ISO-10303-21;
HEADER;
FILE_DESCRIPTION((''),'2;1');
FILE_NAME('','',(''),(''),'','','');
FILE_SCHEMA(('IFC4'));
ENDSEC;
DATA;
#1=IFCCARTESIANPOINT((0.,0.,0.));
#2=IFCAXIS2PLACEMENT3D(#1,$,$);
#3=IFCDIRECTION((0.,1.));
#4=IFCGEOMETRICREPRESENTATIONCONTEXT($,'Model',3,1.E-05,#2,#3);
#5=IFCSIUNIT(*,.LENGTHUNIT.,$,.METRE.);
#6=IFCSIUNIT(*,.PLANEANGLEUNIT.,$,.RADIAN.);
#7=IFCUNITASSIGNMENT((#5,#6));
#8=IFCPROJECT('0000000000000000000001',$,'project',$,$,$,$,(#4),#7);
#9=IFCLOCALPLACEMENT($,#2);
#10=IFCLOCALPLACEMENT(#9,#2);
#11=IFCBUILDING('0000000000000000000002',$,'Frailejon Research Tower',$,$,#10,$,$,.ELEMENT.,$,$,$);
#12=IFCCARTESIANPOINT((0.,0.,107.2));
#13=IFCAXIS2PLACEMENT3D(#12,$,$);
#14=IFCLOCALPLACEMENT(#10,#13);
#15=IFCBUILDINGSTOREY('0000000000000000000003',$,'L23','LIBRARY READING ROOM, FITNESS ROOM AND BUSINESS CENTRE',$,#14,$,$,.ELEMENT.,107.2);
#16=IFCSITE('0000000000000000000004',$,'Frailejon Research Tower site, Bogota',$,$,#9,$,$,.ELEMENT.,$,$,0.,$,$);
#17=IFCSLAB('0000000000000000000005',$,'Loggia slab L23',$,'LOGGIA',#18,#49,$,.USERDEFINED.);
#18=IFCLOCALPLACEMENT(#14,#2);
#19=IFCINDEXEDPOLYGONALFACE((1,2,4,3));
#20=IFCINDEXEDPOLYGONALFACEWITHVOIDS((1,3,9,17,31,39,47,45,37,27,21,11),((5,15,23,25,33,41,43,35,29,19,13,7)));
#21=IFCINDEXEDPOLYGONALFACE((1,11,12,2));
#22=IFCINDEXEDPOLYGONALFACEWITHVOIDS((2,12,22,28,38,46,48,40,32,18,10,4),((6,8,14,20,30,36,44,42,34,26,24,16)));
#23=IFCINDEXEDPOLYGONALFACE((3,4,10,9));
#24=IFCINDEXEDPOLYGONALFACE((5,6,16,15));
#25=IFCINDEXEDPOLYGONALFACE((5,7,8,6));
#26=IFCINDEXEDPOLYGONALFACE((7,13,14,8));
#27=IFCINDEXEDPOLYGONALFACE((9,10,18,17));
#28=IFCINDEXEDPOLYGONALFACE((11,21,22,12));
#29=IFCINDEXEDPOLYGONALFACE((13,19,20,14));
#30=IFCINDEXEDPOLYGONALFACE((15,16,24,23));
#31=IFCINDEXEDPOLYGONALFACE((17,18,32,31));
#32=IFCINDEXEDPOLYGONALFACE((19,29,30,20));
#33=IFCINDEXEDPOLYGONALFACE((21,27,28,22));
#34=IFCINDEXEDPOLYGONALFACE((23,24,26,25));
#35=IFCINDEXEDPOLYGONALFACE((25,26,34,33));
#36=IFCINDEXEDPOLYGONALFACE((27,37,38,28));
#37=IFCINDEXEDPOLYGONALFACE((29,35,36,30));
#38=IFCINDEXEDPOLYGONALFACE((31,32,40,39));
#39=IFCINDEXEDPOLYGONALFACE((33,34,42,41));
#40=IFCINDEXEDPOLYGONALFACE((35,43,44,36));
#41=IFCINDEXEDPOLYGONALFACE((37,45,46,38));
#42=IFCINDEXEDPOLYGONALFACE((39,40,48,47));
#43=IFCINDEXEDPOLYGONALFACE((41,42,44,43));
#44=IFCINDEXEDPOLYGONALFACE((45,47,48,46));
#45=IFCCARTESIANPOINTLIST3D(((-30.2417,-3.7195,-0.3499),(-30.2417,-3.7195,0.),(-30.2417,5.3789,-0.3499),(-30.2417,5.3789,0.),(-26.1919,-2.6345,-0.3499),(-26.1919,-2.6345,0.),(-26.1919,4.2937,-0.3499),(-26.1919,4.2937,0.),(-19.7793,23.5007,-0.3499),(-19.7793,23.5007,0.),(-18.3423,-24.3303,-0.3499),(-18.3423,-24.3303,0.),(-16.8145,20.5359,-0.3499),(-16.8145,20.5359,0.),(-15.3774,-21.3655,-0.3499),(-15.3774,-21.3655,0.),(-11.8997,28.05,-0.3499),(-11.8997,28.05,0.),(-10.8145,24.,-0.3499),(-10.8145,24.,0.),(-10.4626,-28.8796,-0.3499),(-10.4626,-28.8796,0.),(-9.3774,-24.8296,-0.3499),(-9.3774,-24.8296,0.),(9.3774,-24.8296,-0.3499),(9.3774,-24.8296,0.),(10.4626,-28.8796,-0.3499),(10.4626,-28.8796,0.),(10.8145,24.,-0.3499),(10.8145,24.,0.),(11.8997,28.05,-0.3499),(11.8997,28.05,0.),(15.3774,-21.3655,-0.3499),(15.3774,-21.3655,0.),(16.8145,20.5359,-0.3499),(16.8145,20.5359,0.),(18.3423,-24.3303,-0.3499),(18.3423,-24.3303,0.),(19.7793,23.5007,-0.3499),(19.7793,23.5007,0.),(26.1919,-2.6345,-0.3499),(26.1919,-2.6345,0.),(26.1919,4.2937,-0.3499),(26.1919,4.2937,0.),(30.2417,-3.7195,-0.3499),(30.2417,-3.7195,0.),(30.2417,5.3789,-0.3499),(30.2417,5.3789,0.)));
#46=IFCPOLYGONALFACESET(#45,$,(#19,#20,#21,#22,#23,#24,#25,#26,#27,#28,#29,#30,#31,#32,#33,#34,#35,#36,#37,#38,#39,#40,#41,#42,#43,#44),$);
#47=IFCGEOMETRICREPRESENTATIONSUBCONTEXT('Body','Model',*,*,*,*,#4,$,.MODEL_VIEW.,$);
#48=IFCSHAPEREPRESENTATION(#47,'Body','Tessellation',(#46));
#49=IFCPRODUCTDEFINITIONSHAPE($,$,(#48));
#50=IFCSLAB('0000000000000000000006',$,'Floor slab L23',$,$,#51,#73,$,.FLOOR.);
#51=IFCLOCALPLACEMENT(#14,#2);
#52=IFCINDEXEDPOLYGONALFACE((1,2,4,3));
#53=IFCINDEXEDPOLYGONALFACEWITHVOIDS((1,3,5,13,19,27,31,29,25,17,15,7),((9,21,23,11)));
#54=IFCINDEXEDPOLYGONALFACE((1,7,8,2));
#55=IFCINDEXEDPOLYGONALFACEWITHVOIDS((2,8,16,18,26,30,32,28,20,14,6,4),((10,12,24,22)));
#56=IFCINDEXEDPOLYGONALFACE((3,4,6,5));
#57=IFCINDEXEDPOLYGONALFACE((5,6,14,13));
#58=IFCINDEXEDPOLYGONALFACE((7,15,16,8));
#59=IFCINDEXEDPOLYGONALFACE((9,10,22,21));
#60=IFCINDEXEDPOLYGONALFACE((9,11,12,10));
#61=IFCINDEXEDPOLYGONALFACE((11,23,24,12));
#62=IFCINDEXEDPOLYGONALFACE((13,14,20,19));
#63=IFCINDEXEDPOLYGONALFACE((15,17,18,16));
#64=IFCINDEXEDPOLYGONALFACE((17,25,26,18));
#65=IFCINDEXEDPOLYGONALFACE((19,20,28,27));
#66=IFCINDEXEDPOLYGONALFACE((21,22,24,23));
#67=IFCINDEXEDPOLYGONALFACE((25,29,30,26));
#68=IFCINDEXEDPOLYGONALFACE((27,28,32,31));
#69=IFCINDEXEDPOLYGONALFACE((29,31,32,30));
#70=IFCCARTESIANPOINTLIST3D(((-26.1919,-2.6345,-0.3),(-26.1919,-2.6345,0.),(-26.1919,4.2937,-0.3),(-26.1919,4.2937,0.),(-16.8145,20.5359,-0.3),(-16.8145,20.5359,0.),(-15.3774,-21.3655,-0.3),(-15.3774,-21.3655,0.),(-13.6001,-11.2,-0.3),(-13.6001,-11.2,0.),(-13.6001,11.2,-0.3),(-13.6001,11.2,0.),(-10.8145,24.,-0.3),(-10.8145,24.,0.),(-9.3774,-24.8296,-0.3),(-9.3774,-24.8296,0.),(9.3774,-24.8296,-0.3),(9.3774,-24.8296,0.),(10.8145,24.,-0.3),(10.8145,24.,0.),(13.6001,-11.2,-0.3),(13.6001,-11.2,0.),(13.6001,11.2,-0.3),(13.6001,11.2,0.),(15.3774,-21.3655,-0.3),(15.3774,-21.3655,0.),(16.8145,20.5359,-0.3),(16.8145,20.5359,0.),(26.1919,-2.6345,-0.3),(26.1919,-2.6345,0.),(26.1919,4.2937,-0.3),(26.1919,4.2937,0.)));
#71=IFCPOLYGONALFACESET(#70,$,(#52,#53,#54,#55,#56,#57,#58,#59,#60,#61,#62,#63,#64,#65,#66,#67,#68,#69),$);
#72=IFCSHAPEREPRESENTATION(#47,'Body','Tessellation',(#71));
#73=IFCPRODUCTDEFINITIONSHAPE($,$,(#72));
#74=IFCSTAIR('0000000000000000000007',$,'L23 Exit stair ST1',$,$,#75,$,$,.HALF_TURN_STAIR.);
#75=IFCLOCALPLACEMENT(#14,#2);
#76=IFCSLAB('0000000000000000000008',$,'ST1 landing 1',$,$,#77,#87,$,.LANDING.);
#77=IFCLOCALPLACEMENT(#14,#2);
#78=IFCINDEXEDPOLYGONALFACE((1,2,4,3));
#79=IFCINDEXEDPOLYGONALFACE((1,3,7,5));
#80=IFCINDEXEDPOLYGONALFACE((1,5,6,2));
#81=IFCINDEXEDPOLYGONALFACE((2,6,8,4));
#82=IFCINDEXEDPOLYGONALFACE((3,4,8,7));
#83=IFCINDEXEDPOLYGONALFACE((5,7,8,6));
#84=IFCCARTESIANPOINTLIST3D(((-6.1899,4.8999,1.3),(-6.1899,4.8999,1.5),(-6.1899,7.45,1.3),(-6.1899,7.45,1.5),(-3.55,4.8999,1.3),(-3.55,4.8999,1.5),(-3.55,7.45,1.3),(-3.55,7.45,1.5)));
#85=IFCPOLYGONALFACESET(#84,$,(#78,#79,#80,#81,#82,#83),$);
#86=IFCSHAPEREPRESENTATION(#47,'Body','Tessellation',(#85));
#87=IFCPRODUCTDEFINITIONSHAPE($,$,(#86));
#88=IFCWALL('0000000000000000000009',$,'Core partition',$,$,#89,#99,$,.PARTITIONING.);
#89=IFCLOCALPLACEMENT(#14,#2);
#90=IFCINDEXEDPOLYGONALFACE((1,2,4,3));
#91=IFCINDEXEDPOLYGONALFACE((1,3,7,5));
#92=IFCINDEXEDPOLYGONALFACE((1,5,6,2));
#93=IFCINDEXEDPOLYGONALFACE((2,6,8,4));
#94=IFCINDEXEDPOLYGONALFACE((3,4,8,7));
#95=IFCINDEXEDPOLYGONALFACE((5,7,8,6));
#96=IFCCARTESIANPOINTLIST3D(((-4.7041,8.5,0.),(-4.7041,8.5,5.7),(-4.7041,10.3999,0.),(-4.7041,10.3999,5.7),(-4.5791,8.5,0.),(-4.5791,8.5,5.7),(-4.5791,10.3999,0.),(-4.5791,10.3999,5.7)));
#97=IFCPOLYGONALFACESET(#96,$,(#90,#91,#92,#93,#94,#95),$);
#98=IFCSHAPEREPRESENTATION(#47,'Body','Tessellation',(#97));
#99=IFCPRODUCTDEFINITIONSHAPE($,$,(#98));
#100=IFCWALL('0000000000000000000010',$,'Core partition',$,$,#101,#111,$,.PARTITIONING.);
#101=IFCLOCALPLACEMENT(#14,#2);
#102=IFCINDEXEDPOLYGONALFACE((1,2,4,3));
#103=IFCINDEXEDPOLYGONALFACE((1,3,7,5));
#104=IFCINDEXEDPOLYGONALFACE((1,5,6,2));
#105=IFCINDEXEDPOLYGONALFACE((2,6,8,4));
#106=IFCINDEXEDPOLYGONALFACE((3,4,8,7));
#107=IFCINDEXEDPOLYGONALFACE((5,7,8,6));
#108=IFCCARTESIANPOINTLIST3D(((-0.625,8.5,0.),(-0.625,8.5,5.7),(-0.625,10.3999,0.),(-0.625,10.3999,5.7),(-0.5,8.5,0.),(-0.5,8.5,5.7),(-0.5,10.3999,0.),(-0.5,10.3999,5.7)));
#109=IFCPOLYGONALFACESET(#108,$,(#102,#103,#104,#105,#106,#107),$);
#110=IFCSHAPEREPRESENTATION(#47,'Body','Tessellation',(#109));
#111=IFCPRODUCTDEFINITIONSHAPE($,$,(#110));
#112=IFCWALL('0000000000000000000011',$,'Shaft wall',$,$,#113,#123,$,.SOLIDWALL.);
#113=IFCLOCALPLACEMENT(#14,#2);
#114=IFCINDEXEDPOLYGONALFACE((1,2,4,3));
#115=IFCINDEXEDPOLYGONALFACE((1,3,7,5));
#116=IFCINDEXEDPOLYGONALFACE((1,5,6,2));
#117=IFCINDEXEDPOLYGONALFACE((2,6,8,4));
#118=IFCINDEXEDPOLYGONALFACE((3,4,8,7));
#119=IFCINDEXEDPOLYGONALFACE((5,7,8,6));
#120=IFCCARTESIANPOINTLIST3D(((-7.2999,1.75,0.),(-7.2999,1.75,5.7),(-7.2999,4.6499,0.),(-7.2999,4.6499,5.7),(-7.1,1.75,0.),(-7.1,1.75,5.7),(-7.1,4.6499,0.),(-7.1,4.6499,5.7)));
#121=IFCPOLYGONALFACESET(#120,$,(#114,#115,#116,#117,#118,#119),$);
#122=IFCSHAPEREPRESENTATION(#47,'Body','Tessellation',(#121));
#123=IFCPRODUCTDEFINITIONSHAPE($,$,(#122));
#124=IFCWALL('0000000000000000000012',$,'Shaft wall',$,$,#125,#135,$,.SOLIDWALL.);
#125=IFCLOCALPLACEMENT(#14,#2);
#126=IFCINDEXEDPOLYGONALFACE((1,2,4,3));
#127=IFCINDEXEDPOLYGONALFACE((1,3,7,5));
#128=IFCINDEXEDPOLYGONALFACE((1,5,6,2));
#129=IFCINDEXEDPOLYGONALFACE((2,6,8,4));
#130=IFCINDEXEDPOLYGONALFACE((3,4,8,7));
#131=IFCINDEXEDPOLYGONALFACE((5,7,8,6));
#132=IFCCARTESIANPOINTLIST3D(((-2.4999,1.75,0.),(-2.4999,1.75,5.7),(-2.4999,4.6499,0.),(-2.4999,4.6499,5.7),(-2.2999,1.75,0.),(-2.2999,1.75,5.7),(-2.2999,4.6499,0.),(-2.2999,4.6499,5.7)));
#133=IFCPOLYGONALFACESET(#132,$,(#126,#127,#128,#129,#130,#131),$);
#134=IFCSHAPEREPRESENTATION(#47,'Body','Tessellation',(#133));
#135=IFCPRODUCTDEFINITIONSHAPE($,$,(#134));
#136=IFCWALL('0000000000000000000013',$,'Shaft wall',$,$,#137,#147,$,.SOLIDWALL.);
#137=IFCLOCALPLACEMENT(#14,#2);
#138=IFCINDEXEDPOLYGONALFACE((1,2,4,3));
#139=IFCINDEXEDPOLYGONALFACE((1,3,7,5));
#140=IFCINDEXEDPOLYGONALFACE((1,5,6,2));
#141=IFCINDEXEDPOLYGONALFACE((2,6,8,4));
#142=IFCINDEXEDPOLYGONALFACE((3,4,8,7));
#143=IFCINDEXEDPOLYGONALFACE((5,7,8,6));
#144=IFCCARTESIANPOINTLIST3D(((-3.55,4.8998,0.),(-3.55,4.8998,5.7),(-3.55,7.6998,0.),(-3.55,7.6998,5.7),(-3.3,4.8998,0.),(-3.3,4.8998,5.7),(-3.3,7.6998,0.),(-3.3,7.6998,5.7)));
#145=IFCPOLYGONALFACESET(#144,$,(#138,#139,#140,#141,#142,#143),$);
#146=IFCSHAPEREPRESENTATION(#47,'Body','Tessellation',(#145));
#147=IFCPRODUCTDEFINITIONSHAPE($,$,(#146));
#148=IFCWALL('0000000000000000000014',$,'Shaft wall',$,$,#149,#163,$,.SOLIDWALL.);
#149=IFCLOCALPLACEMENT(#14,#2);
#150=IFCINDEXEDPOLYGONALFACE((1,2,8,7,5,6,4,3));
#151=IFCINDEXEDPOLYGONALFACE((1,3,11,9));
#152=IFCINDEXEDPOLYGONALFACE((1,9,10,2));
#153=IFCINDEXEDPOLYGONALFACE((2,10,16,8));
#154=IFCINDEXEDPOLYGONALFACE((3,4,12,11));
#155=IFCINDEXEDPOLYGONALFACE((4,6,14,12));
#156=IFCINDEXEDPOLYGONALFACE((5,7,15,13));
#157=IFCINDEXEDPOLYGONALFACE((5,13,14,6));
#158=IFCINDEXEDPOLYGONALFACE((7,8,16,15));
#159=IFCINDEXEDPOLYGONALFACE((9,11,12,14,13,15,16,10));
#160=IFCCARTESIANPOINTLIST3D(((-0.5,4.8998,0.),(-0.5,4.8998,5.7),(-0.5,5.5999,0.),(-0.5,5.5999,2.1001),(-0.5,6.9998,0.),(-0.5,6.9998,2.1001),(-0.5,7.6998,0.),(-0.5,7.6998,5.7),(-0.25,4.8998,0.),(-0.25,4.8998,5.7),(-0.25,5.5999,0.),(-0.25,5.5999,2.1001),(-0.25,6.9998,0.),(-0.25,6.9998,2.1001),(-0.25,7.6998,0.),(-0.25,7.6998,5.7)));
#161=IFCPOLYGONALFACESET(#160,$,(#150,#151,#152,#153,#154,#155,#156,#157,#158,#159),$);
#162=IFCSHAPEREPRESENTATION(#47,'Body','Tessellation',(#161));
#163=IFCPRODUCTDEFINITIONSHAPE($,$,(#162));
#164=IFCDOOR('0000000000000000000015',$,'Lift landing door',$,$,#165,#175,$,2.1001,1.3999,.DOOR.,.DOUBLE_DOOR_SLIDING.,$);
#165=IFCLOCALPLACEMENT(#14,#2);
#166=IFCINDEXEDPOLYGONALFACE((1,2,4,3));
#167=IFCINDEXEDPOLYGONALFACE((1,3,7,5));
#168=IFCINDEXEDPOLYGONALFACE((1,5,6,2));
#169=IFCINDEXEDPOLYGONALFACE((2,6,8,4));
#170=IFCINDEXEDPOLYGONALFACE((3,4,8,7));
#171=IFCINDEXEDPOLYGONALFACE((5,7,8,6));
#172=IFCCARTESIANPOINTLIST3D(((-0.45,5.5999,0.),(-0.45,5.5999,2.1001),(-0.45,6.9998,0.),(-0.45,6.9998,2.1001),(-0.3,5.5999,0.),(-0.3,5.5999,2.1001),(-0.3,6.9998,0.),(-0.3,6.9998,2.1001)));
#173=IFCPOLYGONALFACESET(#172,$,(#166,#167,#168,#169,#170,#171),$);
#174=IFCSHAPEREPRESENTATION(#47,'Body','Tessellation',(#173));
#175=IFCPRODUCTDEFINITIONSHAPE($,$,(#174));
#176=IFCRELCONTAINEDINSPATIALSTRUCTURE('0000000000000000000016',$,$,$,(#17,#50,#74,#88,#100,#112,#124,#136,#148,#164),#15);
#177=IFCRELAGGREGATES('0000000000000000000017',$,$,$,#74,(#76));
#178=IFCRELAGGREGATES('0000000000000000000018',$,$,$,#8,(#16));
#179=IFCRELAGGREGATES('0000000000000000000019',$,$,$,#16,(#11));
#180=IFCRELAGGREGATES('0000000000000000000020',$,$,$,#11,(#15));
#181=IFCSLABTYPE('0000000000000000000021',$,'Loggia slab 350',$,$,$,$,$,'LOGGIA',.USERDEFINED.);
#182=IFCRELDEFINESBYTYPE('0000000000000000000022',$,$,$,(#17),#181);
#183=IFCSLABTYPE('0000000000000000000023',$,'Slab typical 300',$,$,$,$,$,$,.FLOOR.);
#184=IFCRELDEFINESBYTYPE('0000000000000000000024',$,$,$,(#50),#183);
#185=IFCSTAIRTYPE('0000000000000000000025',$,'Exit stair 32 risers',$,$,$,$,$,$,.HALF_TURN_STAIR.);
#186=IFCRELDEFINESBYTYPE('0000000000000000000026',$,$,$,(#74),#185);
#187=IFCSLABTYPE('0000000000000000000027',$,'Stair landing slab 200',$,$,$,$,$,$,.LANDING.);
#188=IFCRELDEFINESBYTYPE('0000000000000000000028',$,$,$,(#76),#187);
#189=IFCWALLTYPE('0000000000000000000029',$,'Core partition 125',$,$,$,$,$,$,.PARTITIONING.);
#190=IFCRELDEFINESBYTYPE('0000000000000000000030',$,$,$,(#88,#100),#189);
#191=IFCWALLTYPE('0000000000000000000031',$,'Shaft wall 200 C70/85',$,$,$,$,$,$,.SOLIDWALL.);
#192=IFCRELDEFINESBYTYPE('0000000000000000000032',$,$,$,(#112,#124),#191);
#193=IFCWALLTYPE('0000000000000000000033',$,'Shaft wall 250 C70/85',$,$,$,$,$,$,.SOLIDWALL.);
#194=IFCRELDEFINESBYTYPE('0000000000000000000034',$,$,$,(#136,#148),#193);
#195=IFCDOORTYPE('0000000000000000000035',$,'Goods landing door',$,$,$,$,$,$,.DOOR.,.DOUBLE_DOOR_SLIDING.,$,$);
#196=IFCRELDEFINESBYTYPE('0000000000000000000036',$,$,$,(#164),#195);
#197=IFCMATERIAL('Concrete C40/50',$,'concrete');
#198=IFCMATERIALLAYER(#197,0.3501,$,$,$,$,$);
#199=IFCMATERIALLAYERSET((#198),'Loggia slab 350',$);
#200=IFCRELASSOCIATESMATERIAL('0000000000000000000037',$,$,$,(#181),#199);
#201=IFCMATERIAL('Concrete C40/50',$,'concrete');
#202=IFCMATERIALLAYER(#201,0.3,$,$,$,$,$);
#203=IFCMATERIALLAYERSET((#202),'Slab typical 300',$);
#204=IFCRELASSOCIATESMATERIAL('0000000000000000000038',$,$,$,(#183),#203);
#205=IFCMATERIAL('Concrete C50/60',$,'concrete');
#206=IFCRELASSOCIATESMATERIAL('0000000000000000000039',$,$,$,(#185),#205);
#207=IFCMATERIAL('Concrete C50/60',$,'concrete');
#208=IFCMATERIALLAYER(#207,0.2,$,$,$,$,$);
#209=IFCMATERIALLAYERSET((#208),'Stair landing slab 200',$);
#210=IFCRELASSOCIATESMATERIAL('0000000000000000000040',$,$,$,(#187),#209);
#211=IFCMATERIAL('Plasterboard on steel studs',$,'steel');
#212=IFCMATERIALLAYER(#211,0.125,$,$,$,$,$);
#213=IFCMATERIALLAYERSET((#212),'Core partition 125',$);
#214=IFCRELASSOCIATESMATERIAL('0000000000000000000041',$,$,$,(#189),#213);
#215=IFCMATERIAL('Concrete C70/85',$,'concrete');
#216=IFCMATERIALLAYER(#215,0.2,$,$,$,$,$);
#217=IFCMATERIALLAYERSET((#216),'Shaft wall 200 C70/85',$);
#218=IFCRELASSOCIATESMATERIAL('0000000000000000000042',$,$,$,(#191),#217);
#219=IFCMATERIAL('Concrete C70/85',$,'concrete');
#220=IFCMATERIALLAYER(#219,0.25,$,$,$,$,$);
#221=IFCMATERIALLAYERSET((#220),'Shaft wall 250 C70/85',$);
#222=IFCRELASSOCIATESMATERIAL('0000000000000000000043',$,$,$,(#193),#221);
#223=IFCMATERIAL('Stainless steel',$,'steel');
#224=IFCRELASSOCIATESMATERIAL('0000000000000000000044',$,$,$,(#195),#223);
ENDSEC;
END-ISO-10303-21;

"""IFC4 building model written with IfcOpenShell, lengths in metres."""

from ifc_helpers import new_model, si_unit, direction, frame, frame_2d, origin, place, context, subcontext, project, spatial, polyline, rectangle, outline, extrude, material, layer, layer_set, type_object, element, fill, aggregate, save


model = new_model("IFC4")

# Units and contexts
model_context = context("Model", 3, precision=1e-05, world=origin(), true_north=direction((0.0, 1.0)))
body_context = subcontext(model_context, "Body", "Model", "MODEL_VIEW")
ifc_project = project(units=[si_unit("LENGTHUNIT", "METRE"), si_unit("PLANEANGLEUNIT", "RADIAN")], contexts=[model_context])

# Site, building, storey
site_placement = place(None, origin())
site = spatial("IfcSite", under=ifc_project, at=site_placement, Name="Frailejon Research Tower site, Bogota", CompositionType="ELEMENT", RefElevation=0.0)
building_placement = place(site_placement, origin())
building = spatial("IfcBuilding", under=site, at=building_placement, Name="Frailejon Research Tower", CompositionType="ELEMENT")
storey_placement = place(building_placement, frame((0.0, 0.0, 107.2)))
storey = spatial("IfcBuildingStorey", under=building, at=storey_placement, Name="L23", Description="LIBRARY READING ROOM, FITNESS ROOM AND BUSINESS CENTRE", CompositionType="ELEMENT", Elevation=107.2)

# Slabs
ifc_material_1 = material(Name="Concrete C40/50", Category="concrete")
ifc_layer_1 = layer(ifc_material_1, 0.3501)
ifc_layer_set_1 = layer_set([ifc_layer_1], Name="Loggia slab 350")
slab_type_1 = type_object("IfcSlabType", Name="Loggia slab 350", ElementType="LOGGIA", PredefinedType="USERDEFINED", material=ifc_layer_set_1)
slab_1_placement = place(storey_placement, frame((0.0, 0.0, -0.3499)))
element("IfcSlab", 1, at=slab_1_placement, inside=storey, type_object=slab_type_1, Name="Loggia slab L23", ObjectType="LOGGIA", PredefinedType="USERDEFINED", context=body_context, shape_type="SweptSolid", body=[
    extrude(outline(polyline([(18.3423, -24.3303), (10.4626, -28.8796), (-10.4626, -28.8796), (-18.3423, -24.3303), (-30.2417, -3.7195), (-30.2417, 5.3789), (-19.7793, 23.5007), (-11.8997, 28.05), (11.8997, 28.05), (19.7793, 23.5007), (30.2417, 5.3789), (30.2417, -3.7195), (18.3423, -24.3303)]), holes=[polyline([(26.1919, 4.2937), (16.8145, 20.5359), (10.8145, 24.0), (-10.8145, 24.0), (-16.8145, 20.5359), (-26.1919, 4.2937), (-26.1919, -2.6345), (-15.3774, -21.3655), (-9.3774, -24.8296), (9.3774, -24.8296), (15.3774, -21.3655), (26.1919, -2.6345), (26.1919, 4.2937)])]), origin(), (0.0, 0.0, 1.0), 0.3499),
])
ifc_material_2 = material(Name="Concrete C40/50", Category="concrete")
ifc_layer_2 = layer(ifc_material_2, 0.3)
ifc_layer_set_2 = layer_set([ifc_layer_2], Name="Slab typical 300")
slab_type_2 = type_object("IfcSlabType", Name="Slab typical 300", PredefinedType="FLOOR", material=ifc_layer_set_2)
slab_2_placement = place(storey_placement, frame((0.0, 0.0, -0.3)))
element("IfcSlab", 2, at=slab_2_placement, inside=storey, type_object=slab_type_2, Name="Floor slab L23", PredefinedType="FLOOR", context=body_context, shape_type="SweptSolid", body=[
    extrude(outline(polyline([(26.1919, -2.6345), (26.1919, 4.2937), (16.8145, 20.5359), (10.8145, 24.0), (-10.8145, 24.0), (-16.8145, 20.5359), (-26.1919, 4.2937), (-26.1919, -2.6345), (-15.3774, -21.3655), (-9.3774, -24.8296), (9.3774, -24.8296), (15.3774, -21.3655), (26.1919, -2.6345)]), holes=[polyline([(13.6001, -11.2), (-13.6001, -11.2), (-13.6001, 11.2), (13.6001, 11.2), (13.6001, -11.2)])]), origin(), (0.0, 0.0, 1.0), 0.3),
])

# Stair, slab
ifc_material_3 = material(Name="Concrete C50/60", Category="concrete")
stair_type = type_object("IfcStairType", Name="Exit stair 32 risers", PredefinedType="HALF_TURN_STAIR", material=ifc_material_3)
stair_placement = place(storey_placement, origin())
stair = element("IfcStair", 3, at=stair_placement, inside=storey, type_object=stair_type, Name="L23 Exit stair ST1", PredefinedType="HALF_TURN_STAIR")
ifc_material_4 = material(Name="Concrete C50/60", Category="concrete")
ifc_layer_3 = layer(ifc_material_4, 0.2)
ifc_layer_set_3 = layer_set([ifc_layer_3], Name="Stair landing slab 200")
slab_type_3 = type_object("IfcSlabType", Name="Stair landing slab 200", PredefinedType="LANDING", material=ifc_layer_set_3)
slab_3_placement = place(storey_placement, frame((0.0, 0.0, 1.3)))
slab_3 = element("IfcSlab", 4, at=slab_3_placement, type_object=slab_type_3, Name="ST1 landing 1", PredefinedType="LANDING", context=body_context, shape_type="SweptSolid", body=[
    extrude(outline(polyline([(-6.1899, 4.8999), (-3.55, 4.8999), (-3.55, 7.45), (-6.1899, 7.45), (-6.1899, 4.8999)])), origin(), (0.0, 0.0, 1.0), 0.2),
])

# Walls
ifc_material_5 = material(Name="Plasterboard on steel studs", Category="steel")
ifc_layer_4 = layer(ifc_material_5, 0.125)
ifc_layer_set_4 = layer_set([ifc_layer_4], Name="Core partition 125")
wall_type_1 = type_object("IfcWallType", Name="Core partition 125", PredefinedType="PARTITIONING", material=ifc_layer_set_4)
for number, where, z_axis, x_axis, name in (
    (5, (-4.6416, 8.5, 0.0), (0.0, 0.0, 1.0), (0.0, 1.0, 0.0), "Core partition"),
    (6, (-0.5625, 8.5, 0.0), (0.0, 0.0, 1.0), (0.0, 1.0, 0.0), "Core partition"),
):
    element("IfcWall", number, at=place(storey_placement, frame(where, z_axis=z_axis, x_axis=x_axis)), inside=storey, type_object=wall_type_1, Name=name, PredefinedType="PARTITIONING", context=body_context, shape_type="SweptSolid", body=[
        extrude(rectangle(XDim=1.8999, YDim=0.125, at=frame_2d((0.95, 0.0))), origin(), (0.0, 0.0, 1.0), 5.7),
    ])
ifc_material_6 = material(Name="Concrete C70/85", Category="concrete")
ifc_layer_5 = layer(ifc_material_6, 0.2)
ifc_layer_set_5 = layer_set([ifc_layer_5], Name="Shaft wall 200 C70/85")
wall_type_2 = type_object("IfcWallType", Name="Shaft wall 200 C70/85", PredefinedType="SOLIDWALL", material=ifc_layer_set_5)
for number, where, z_axis, x_axis, name in (
    (7, (-7.2, 1.75, 0.0), (0.0, 0.0, 1.0), (0.0, 1.0, 0.0), "Shaft wall"),
    (8, (-2.3999, 1.75, 0.0), (0.0, 0.0, 1.0), (0.0, 1.0, 0.0), "Shaft wall"),
):
    element("IfcWall", number, at=place(storey_placement, frame(where, z_axis=z_axis, x_axis=x_axis)), inside=storey, type_object=wall_type_2, Name=name, PredefinedType="SOLIDWALL", context=body_context, shape_type="SweptSolid", body=[
        extrude(rectangle(XDim=2.8999, YDim=0.2, at=frame_2d((1.45, 0.0))), origin(), (0.0, 0.0, 1.0), 5.7),
    ])
ifc_material_7 = material(Name="Concrete C70/85", Category="concrete")
ifc_layer_6 = layer(ifc_material_7, 0.25)
ifc_layer_set_6 = layer_set([ifc_layer_6], Name="Shaft wall 250 C70/85")
wall_type_3 = type_object("IfcWallType", Name="Shaft wall 250 C70/85", PredefinedType="SOLIDWALL", material=ifc_layer_set_6)
wall_1_placement = place(storey_placement, frame((-3.425, 4.8999, 0.0), z_axis=(0.0, 0.0, 1.0), x_axis=(0.0, 1.0, 0.0)))
element("IfcWall", 9, at=wall_1_placement, inside=storey, type_object=wall_type_3, Name="Shaft wall", PredefinedType="SOLIDWALL", context=body_context, shape_type="SweptSolid", body=[
    extrude(rectangle(XDim=2.8, YDim=0.25, at=frame_2d((1.3999, 0.0))), origin(), (0.0, 0.0, 1.0), 5.7),
])

# Wall, opening, door
wall_2_placement = place(storey_placement, frame((-0.375, 4.8999, 0.0), z_axis=(0.0, 0.0, 1.0), x_axis=(0.0, 1.0, 0.0)))
wall_2 = element("IfcWall", 10, at=wall_2_placement, inside=storey, type_object=wall_type_3, Name="Shaft wall", PredefinedType="SOLIDWALL", context=body_context, shape_type="SweptSolid", body=[
    extrude(rectangle(XDim=2.8, YDim=0.25, at=frame_2d((1.3999, 0.0))), origin(), (0.0, 0.0, 1.0), 5.7),
])
opening_placement = place(wall_2_placement, frame((0.7, 0.0, 0.0)))
opening = element("IfcOpeningElement", 11, at=opening_placement, cuts=wall_2, PredefinedType="OPENING", context=body_context, shape_type="SweptSolid", body=[
    extrude(rectangle(XDim=1.3999, YDim=2.1001, at=frame_2d((0.7, 1.05))), frame((0.0, 0.135, 0.0), z_axis=(0.0, -1.0, 0.0), x_axis=(1.0, 0.0, 0.0)), (0.0, 0.0, 1.0), 0.27),
])
ifc_material_8 = material(Name="Stainless steel", Category="steel")
door_type = type_object("IfcDoorType", Name="Goods landing door", OperationType="DOUBLE_DOOR_SLIDING", PredefinedType="DOOR", material=ifc_material_8)
door_placement = place(opening_placement, origin())
door = element("IfcDoor", 12, at=door_placement, inside=storey, type_object=door_type, Name="Lift landing door", OperationType="DOUBLE_DOOR_SLIDING", OverallHeight=2.1001, OverallWidth=1.3999, PredefinedType="DOOR", context=body_context, shape_type="SweptSolid", body=[
    extrude(rectangle(XDim=1.3999, YDim=2.1001, at=frame_2d((0.7, 1.05))), frame((0.0, 0.075, 0.0), z_axis=(0.0, -1.0, 0.0), x_axis=(1.0, 0.0, 0.0)), (0.0, 0.0, 1.0), 0.1499),
])
fill(opening, door)

aggregate(stair, [slab_3])

save(model, "model.ifc")
